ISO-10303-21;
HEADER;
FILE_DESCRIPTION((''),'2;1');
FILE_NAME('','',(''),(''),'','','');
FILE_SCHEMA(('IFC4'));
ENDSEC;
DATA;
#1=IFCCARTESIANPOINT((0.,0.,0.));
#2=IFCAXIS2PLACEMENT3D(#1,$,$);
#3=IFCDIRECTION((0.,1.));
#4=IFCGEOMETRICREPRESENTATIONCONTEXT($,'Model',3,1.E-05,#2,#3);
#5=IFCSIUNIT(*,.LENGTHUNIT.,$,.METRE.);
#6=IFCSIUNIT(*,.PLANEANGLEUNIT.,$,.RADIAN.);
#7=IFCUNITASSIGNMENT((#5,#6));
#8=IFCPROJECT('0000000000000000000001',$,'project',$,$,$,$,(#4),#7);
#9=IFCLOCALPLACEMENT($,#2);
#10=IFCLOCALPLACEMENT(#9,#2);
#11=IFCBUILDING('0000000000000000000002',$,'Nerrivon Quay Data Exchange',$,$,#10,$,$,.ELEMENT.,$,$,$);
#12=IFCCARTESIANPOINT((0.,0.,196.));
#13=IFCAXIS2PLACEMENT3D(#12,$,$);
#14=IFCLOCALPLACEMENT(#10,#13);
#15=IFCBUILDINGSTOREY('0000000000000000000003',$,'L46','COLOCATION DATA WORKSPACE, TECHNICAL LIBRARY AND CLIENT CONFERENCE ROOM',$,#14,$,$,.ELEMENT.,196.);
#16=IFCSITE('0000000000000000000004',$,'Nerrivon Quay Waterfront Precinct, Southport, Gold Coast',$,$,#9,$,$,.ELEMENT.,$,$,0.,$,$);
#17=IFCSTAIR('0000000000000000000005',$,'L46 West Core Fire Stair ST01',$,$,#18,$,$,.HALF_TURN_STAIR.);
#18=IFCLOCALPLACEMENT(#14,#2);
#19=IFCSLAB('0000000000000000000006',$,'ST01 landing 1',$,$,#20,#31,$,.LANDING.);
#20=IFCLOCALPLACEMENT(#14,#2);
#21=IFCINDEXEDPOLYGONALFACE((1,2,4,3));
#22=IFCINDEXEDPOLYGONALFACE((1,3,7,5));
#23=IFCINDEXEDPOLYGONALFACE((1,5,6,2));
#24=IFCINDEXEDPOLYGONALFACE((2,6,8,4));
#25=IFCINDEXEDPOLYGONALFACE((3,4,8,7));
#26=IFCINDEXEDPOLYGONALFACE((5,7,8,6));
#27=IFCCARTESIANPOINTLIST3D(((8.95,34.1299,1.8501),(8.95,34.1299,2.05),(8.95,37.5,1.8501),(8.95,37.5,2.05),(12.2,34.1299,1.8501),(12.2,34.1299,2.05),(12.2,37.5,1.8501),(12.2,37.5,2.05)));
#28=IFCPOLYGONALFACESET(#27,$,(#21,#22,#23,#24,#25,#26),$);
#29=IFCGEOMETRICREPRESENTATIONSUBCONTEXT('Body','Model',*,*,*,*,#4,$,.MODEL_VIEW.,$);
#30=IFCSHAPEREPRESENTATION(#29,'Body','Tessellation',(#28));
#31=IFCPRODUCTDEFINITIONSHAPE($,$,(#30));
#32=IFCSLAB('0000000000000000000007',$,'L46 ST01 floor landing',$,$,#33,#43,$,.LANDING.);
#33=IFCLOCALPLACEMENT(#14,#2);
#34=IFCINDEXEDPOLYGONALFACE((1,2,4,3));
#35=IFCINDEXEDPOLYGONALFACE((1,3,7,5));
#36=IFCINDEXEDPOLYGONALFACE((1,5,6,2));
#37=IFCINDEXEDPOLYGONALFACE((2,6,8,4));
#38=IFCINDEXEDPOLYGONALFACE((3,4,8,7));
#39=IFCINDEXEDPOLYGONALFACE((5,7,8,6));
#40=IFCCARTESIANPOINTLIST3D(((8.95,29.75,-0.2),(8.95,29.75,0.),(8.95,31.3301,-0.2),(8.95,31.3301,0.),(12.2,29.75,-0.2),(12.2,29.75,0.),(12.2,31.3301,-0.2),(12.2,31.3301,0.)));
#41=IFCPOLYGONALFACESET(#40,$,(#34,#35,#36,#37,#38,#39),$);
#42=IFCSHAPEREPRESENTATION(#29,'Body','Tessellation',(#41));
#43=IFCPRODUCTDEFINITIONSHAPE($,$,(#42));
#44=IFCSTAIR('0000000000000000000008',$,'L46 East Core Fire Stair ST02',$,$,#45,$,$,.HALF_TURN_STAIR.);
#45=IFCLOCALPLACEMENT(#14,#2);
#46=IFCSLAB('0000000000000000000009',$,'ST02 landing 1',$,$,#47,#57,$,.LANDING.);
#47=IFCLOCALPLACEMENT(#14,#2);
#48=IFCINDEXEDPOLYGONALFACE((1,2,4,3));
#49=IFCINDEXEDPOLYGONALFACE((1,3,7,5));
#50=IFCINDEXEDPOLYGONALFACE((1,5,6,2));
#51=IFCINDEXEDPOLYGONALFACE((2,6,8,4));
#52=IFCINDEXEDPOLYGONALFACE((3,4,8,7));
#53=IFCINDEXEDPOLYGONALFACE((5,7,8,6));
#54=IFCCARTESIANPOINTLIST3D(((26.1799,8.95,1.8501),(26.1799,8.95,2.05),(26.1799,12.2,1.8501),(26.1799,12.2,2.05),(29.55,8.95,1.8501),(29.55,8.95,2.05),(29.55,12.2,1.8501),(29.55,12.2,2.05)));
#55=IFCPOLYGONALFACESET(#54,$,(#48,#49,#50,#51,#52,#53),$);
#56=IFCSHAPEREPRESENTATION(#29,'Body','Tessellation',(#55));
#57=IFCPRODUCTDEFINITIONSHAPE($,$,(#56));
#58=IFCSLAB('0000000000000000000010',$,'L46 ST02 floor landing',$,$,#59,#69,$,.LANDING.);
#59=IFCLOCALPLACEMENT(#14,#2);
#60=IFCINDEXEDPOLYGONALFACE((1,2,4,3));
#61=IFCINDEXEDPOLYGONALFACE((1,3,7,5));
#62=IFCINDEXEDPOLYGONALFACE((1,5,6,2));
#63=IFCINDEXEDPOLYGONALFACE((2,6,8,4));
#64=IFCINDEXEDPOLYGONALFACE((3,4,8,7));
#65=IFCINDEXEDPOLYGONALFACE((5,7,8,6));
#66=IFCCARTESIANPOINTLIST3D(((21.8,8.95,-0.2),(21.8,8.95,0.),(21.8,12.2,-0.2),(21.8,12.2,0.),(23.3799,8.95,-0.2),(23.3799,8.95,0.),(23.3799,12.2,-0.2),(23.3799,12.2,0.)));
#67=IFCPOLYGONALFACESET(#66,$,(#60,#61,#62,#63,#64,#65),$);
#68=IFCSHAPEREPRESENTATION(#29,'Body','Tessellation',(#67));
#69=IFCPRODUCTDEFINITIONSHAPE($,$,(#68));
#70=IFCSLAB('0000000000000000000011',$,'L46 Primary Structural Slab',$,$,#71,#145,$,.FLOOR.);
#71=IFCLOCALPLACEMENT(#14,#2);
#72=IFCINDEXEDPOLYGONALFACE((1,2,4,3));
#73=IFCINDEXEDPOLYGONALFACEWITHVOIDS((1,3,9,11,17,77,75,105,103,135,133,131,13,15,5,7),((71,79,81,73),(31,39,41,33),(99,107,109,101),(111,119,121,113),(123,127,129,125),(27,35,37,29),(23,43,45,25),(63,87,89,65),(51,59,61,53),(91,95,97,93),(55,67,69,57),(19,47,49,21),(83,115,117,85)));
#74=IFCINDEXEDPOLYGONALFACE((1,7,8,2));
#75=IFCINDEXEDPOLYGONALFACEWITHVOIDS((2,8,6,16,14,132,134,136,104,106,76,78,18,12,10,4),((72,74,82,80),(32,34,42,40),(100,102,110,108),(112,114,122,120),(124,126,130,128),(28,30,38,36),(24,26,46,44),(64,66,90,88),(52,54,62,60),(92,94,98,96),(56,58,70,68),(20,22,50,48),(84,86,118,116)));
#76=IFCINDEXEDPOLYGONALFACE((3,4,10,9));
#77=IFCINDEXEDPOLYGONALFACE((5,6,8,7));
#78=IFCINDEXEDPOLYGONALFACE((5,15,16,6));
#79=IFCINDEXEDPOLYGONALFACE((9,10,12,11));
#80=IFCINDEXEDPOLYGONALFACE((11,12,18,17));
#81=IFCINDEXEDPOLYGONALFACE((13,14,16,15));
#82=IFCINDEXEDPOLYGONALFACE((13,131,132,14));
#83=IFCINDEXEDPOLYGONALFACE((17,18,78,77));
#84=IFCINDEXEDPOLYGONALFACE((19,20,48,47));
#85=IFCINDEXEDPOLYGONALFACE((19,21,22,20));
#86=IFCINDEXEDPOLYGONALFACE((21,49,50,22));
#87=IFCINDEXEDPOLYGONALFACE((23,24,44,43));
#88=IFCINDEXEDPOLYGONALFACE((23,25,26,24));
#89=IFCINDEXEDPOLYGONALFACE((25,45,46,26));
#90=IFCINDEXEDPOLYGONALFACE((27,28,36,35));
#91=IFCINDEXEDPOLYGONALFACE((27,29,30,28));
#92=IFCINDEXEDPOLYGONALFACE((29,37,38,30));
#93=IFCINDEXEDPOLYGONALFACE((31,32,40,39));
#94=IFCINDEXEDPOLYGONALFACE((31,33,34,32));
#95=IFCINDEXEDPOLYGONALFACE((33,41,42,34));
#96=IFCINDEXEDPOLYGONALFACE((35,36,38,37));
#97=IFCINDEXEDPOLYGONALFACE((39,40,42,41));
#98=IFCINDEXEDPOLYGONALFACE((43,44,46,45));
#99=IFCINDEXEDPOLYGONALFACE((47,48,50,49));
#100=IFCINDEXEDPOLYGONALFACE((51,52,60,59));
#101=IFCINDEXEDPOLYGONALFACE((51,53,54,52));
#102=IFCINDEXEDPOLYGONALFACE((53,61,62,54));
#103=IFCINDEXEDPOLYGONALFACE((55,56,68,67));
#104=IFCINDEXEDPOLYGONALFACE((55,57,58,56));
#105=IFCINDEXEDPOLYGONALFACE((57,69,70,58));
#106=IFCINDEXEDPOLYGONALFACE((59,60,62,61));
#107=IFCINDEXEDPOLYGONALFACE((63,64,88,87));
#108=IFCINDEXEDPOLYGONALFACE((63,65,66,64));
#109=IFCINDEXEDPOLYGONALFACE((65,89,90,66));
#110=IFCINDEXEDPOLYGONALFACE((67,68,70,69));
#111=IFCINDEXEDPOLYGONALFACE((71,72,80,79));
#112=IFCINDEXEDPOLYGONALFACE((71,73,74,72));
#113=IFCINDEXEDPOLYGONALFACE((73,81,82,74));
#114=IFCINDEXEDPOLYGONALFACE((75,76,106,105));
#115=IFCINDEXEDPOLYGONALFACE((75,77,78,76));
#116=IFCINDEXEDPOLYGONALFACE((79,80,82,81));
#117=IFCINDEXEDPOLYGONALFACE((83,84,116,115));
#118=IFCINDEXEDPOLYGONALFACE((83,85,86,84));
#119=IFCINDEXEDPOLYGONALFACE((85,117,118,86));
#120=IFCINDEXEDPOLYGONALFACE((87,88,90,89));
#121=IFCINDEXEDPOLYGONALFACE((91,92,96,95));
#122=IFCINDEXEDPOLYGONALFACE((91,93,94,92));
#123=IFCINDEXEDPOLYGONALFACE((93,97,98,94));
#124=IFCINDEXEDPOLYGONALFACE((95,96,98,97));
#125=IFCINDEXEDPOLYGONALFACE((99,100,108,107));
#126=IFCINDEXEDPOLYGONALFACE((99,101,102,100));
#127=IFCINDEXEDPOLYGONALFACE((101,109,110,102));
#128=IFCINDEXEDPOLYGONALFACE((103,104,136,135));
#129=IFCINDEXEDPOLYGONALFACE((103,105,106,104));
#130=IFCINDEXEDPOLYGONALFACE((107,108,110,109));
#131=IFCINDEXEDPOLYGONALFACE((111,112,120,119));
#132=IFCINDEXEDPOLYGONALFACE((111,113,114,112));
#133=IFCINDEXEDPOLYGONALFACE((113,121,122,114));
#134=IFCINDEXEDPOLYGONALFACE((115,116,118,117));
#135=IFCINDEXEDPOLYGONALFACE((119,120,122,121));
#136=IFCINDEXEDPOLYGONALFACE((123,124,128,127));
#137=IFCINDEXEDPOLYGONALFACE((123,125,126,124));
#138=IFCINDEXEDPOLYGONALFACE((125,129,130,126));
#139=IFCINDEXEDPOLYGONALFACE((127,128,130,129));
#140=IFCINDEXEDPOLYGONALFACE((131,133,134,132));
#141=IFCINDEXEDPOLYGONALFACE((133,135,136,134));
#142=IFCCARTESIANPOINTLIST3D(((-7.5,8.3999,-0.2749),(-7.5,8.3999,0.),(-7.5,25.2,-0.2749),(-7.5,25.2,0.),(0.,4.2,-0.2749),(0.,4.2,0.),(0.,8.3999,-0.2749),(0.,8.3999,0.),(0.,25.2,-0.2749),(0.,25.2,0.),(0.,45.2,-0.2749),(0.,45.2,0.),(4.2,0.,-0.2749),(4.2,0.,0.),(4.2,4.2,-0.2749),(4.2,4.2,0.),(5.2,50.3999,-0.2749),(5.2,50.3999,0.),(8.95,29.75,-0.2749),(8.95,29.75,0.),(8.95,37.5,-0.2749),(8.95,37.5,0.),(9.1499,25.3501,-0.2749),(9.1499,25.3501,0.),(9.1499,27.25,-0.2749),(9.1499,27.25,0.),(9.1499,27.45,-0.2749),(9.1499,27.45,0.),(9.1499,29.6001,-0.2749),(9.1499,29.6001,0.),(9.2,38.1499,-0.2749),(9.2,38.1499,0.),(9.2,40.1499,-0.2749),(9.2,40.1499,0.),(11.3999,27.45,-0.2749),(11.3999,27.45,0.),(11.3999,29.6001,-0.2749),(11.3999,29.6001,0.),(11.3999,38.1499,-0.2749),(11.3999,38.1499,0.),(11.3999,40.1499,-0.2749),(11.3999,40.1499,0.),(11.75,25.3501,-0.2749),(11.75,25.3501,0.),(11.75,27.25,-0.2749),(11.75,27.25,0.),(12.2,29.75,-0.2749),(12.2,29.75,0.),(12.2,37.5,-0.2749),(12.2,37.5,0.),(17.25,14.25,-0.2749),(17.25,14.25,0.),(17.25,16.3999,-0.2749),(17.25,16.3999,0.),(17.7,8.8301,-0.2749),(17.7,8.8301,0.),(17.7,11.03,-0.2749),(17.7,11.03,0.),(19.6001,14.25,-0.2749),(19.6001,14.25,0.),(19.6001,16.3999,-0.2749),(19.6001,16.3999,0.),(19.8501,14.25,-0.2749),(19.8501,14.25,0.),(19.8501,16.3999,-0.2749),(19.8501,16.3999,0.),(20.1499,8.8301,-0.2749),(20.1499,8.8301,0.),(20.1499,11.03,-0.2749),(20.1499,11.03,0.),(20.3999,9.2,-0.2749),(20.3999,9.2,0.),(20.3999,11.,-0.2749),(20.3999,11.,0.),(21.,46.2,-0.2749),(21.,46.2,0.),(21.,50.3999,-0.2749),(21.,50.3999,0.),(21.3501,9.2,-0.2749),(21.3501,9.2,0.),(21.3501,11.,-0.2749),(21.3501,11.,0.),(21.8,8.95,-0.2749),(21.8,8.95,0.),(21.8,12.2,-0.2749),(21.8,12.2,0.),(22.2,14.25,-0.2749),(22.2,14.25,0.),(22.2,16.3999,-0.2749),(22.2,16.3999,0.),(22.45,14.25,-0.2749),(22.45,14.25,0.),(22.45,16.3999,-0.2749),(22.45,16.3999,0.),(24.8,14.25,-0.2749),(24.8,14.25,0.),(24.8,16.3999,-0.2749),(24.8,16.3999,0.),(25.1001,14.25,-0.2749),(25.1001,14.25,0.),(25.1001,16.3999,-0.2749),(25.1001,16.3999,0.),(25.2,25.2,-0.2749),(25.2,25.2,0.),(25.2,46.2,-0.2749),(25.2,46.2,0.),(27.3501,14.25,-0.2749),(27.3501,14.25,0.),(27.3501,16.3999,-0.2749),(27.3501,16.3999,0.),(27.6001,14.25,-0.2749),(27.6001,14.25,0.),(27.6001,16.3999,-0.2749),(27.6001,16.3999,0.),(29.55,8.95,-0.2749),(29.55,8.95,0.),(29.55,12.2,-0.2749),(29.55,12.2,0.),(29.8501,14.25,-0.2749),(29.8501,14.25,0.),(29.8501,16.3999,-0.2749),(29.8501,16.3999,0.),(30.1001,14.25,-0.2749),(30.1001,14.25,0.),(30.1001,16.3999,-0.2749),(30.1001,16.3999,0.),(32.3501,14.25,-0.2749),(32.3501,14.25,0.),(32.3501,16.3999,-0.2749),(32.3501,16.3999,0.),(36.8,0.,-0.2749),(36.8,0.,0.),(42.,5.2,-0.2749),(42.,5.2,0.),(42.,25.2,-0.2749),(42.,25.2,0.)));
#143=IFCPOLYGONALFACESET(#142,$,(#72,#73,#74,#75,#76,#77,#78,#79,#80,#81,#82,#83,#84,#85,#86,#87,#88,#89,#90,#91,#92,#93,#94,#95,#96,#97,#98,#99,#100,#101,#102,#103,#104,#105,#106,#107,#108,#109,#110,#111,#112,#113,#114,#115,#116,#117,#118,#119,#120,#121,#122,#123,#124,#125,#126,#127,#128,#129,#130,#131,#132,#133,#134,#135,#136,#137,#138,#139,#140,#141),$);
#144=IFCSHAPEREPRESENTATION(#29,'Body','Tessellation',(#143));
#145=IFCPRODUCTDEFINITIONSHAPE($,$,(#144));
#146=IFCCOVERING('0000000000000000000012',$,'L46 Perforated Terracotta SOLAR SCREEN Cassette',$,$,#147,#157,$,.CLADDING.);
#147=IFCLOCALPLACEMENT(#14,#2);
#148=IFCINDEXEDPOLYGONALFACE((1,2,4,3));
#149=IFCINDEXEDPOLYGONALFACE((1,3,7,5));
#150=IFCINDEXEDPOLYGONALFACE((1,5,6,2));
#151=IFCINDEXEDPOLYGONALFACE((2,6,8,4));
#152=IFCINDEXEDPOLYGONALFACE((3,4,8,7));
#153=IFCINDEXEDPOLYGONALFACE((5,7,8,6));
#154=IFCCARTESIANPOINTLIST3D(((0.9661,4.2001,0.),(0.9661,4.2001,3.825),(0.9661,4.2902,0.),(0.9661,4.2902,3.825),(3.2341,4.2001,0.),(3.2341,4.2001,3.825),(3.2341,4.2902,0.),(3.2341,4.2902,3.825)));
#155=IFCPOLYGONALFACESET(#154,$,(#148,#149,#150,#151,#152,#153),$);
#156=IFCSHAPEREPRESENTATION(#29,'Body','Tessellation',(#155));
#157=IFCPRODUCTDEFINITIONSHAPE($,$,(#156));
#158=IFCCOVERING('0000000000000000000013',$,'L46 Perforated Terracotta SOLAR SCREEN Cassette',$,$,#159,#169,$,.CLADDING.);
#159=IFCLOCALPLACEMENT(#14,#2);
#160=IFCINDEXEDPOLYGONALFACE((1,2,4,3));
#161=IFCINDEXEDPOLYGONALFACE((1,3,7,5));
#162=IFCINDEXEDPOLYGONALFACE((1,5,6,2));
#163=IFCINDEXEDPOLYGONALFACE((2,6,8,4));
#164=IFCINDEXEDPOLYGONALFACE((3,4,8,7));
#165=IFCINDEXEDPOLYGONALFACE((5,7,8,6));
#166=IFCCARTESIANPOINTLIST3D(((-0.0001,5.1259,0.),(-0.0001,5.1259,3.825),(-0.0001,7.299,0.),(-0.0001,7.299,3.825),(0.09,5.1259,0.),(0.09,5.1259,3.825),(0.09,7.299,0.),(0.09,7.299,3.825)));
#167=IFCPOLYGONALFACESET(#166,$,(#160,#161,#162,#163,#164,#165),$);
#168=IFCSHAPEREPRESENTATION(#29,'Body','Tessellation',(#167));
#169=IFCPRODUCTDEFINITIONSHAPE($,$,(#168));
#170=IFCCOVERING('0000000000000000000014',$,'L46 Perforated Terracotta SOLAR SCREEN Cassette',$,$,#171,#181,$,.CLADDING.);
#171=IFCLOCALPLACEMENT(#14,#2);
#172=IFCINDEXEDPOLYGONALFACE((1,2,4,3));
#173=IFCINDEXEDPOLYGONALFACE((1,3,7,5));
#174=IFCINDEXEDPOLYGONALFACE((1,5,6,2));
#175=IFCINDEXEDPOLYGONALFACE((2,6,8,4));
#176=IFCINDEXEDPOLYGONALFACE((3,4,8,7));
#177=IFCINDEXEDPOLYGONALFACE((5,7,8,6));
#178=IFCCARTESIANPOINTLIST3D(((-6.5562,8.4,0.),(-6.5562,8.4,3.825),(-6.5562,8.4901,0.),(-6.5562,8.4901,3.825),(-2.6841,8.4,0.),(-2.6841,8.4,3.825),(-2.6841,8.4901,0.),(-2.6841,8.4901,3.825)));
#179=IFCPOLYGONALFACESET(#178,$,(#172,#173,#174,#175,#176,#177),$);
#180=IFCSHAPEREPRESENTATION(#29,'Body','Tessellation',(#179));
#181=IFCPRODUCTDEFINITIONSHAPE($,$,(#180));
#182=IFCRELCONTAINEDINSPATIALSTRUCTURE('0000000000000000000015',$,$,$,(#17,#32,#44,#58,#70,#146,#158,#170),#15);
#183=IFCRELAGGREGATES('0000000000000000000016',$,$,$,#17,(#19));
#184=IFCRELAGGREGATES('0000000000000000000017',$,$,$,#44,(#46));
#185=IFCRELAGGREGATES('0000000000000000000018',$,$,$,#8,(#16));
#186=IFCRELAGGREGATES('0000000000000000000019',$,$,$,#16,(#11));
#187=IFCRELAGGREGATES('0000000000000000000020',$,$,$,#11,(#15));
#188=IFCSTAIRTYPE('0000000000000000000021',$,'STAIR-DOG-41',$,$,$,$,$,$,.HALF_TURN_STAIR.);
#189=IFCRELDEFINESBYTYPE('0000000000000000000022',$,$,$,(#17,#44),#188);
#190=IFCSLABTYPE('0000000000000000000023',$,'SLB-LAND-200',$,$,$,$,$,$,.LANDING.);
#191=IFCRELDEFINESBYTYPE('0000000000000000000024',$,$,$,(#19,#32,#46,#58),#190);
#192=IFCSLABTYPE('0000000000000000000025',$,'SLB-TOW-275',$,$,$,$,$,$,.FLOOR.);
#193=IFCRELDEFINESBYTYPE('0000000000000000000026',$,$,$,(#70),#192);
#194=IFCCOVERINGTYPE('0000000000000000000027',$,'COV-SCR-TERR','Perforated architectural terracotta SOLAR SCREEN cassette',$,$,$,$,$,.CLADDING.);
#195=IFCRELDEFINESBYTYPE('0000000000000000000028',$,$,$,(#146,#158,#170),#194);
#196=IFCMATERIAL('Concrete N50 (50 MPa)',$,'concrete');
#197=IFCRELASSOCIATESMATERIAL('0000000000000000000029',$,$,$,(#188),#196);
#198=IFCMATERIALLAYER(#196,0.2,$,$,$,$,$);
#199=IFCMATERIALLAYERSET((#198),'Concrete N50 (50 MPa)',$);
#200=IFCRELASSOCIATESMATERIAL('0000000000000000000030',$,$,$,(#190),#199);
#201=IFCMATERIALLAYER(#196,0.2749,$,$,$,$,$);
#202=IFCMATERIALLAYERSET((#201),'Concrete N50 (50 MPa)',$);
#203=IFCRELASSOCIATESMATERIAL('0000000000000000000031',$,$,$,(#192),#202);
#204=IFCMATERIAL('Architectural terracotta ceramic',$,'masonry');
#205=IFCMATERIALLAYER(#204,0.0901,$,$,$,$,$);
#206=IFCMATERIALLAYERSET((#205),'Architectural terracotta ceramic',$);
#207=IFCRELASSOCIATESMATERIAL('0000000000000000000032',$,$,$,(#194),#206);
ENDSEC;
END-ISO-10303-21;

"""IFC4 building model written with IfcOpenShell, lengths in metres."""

from ifc_helpers import new_model, si_unit, direction, frame, origin, origin_2d, place, context, subcontext, project, spatial, polyline, rectangle, outline, extrude, material, layer, layer_set, type_object, element, aggregate, save


model = new_model("IFC4")

# Units and contexts
model_context = context("Model", 3, precision=1e-05, world=origin(), true_north=direction((0.0, 1.0)))
body_context = subcontext(model_context, "Body", "Model", "MODEL_VIEW")
ifc_project = project(units=[si_unit("LENGTHUNIT", "METRE"), si_unit("PLANEANGLEUNIT", "RADIAN")], contexts=[model_context])

# Site, building, storey
site_placement = place(None, origin())
site = spatial("IfcSite", under=ifc_project, at=site_placement, Name="Nerrivon Quay Waterfront Precinct, Southport, Gold Coast", CompositionType="ELEMENT", RefElevation=0.0)
building_placement = place(site_placement, origin())
building = spatial("IfcBuilding", under=site, at=building_placement, Name="Nerrivon Quay Data Exchange", CompositionType="ELEMENT")
storey_placement = place(building_placement, frame((0.0, 0.0, 196.0)))
storey = spatial("IfcBuildingStorey", under=building, at=storey_placement, Name="L46", Description="COLOCATION DATA WORKSPACE, TECHNICAL LIBRARY AND CLIENT CONFERENCE ROOM", CompositionType="ELEMENT", Elevation=196.0)

# Stair, slab
ifc_material_1 = material(Name="Concrete N50 (50 MPa)", Category="concrete")
stair_type = type_object("IfcStairType", Name="STAIR-DOG-41", PredefinedType="HALF_TURN_STAIR", material=ifc_material_1)
stair_1_placement = place(storey_placement, origin())
stair_1 = element("IfcStair", 1, at=stair_1_placement, inside=storey, type_object=stair_type, Name="L46 West Core Fire Stair ST01", PredefinedType="HALF_TURN_STAIR")
ifc_layer_1 = layer(ifc_material_1, 0.2)
ifc_layer_set_1 = layer_set([ifc_layer_1], Name="Concrete N50 (50 MPa)")
slab_type_1 = type_object("IfcSlabType", Name="SLB-LAND-200", PredefinedType="LANDING", material=ifc_layer_set_1)
slab_1_placement = place(storey_placement, frame((0.0, 0.0, 1.8501)))
slab_1 = element("IfcSlab", 2, at=slab_1_placement, type_object=slab_type_1, Name="ST01 landing 1", PredefinedType="LANDING", context=body_context, shape_type="SweptSolid", body=[
    extrude(outline(polyline([(12.2, 34.1299), (12.2, 37.5), (8.95, 37.5), (8.95, 34.1299), (12.2, 34.1299)])), origin(), (0.0, 0.0, 1.0), 0.2),
])
aggregate(stair_1, [slab_1])

# Slab
slab_2_placement = place(storey_placement, frame((0.0, 0.0, -0.2)))
element("IfcSlab", 3, at=slab_2_placement, inside=storey, type_object=slab_type_1, Name="L46 ST01 floor landing", PredefinedType="LANDING", context=body_context, shape_type="SweptSolid", body=[
    extrude(outline(polyline([(12.2, 29.75), (12.2, 31.3301), (8.95, 31.3301), (8.95, 29.75), (12.2, 29.75)])), origin(), (0.0, 0.0, 1.0), 0.2),
])

# Stair, slab
stair_2_placement = place(storey_placement, origin())
stair_2 = element("IfcStair", 4, at=stair_2_placement, inside=storey, type_object=stair_type, Name="L46 East Core Fire Stair ST02", PredefinedType="HALF_TURN_STAIR")
slab_3_placement = place(storey_placement, frame((0.0, 0.0, 1.8501)))
slab_3 = element("IfcSlab", 5, at=slab_3_placement, type_object=slab_type_1, Name="ST02 landing 1", PredefinedType="LANDING", context=body_context, shape_type="SweptSolid", body=[
    extrude(outline(polyline([(26.1799, 8.95), (29.55, 8.95), (29.55, 12.2), (26.1799, 12.2), (26.1799, 8.95)])), origin(), (0.0, 0.0, 1.0), 0.2),
])
aggregate(stair_2, [slab_3])

# Slabs
slab_4_placement = place(storey_placement, frame((0.0, 0.0, -0.2)))
element("IfcSlab", 6, at=slab_4_placement, inside=storey, type_object=slab_type_1, Name="L46 ST02 floor landing", PredefinedType="LANDING", context=body_context, shape_type="SweptSolid", body=[
    extrude(outline(polyline([(21.8, 8.95), (23.3799, 8.95), (23.3799, 12.2), (21.8, 12.2), (21.8, 8.95)])), origin(), (0.0, 0.0, 1.0), 0.2),
])
ifc_layer_2 = layer(ifc_material_1, 0.2749)
ifc_layer_set_2 = layer_set([ifc_layer_2], Name="Concrete N50 (50 MPa)")
slab_type_2 = type_object("IfcSlabType", Name="SLB-TOW-275", PredefinedType="FLOOR", material=ifc_layer_set_2)
slab_5_placement = place(storey_placement, frame((0.0, 0.0, -0.2749)))
element("IfcSlab", 7, at=slab_5_placement, inside=storey, type_object=slab_type_2, Name="L46 Primary Structural Slab", PredefinedType="FLOOR", context=body_context, shape_type="SweptSolid", body=[
    extrude(outline(polyline([(0.0, 8.3999), (0.0, 4.2), (4.2, 4.2), (4.2, 0.0), (36.8, 0.0), (42.0, 5.2), (42.0, 25.2), (25.2, 25.2), (25.2, 46.2), (21.0, 46.2), (21.0, 50.3999), (5.2, 50.3999), (0.0, 45.2), (0.0, 25.2), (-7.5, 25.2), (-7.5, 8.3999), (0.0, 8.3999)]), holes=[polyline([(8.95, 29.75), (8.95, 37.5), (12.2, 37.5), (12.2, 29.75), (8.95, 29.75)]), polyline([(21.8, 12.2), (29.55, 12.2), (29.55, 8.95), (21.8, 8.95), (21.8, 12.2)]), polyline([(30.1001, 16.3999), (32.3501, 16.3999), (32.3501, 14.25), (30.1001, 14.25), (30.1001, 16.3999)]), polyline([(27.6001, 16.3999), (29.8501, 16.3999), (29.8501, 14.25), (27.6001, 14.25), (27.6001, 16.3999)]), polyline([(25.1001, 14.25), (25.1001, 16.3999), (27.3501, 16.3999), (27.3501, 14.25), (25.1001, 14.25)]), polyline([(22.45, 16.3999), (24.8, 16.3999), (24.8, 14.25), (22.45, 14.25), (22.45, 16.3999)]), polyline([(19.8501, 16.3999), (22.2, 16.3999), (22.2, 14.25), (19.8501, 14.25), (19.8501, 16.3999)]), polyline([(20.3999, 9.2), (20.3999, 11.0), (21.3501, 11.0), (21.3501, 9.2), (20.3999, 9.2)]), polyline([(17.7, 8.8301), (17.7, 11.03), (20.1499, 11.03), (20.1499, 8.8301), (17.7, 8.8301)]), polyline([(17.25, 14.25), (17.25, 16.3999), (19.6001, 16.3999), (19.6001, 14.25), (17.25, 14.25)]), polyline([(9.1499, 27.25), (11.75, 27.25), (11.75, 25.3501), (9.1499, 25.3501), (9.1499, 27.25)]), polyline([(9.1499, 29.6001), (11.3999, 29.6001), (11.3999, 27.45), (9.1499, 27.45), (9.1499, 29.6001)]), polyline([(9.2, 38.1499), (9.2, 40.1499), (11.3999, 40.1499), (11.3999, 38.1499), (9.2, 38.1499)])]), origin(), (0.0, 0.0, 1.0), 0.2749),
])

# Coverings
ifc_material_2 = material(Name="Architectural terracotta ceramic", Category="masonry")
ifc_layer_3 = layer(ifc_material_2, 0.0901)
ifc_layer_set_3 = layer_set([ifc_layer_3], Name="Architectural terracotta ceramic")
covering_type = type_object("IfcCoveringType", Name="COV-SCR-TERR", Description="Perforated architectural terracotta SOLAR SCREEN cassette", PredefinedType="CLADDING", material=ifc_layer_set_3)
covering_1_placement = place(storey_placement, frame((2.1001, 4.2451, 0.0), z_axis=(0.0, 0.0, 1.0), x_axis=(-1.0, 0.0, 0.0)))
element("IfcCovering", 8, at=covering_1_placement, inside=storey, type_object=covering_type, Name="L46 Perforated Terracotta SOLAR SCREEN Cassette", PredefinedType="CLADDING", context=body_context, shape_type="SweptSolid", body=[
    extrude(rectangle(XDim=2.2681, YDim=0.0901, at=origin_2d()), origin(), (0.0, 0.0, 1.0), 3.825),
])
covering_2_placement = place(storey_placement, frame((0.0449, 6.2124, 0.0), z_axis=(0.0, 0.0, 1.0), x_axis=(0.0, 1.0, 0.0)))
element("IfcCovering", 9, at=covering_2_placement, inside=storey, type_object=covering_type, Name="L46 Perforated Terracotta SOLAR SCREEN Cassette", PredefinedType="CLADDING", context=body_context, shape_type="SweptSolid", body=[
    extrude(rectangle(XDim=2.1731, YDim=0.0901, at=origin_2d()), origin(), (0.0, 0.0, 1.0), 3.825),
])
covering_3_placement = place(storey_placement, frame((-4.6201, 8.4451, 0.0), z_axis=(0.0, 0.0, 1.0), x_axis=(-1.0, 0.0, 0.0)))
element("IfcCovering", 10, at=covering_3_placement, inside=storey, type_object=covering_type, Name="L46 Perforated Terracotta SOLAR SCREEN Cassette", PredefinedType="CLADDING", context=body_context, shape_type="SweptSolid", body=[
    extrude(rectangle(XDim=3.8721, YDim=0.0901, at=origin_2d()), origin(), (0.0, 0.0, 1.0), 3.825),
])

save(model, "model.ifc")
